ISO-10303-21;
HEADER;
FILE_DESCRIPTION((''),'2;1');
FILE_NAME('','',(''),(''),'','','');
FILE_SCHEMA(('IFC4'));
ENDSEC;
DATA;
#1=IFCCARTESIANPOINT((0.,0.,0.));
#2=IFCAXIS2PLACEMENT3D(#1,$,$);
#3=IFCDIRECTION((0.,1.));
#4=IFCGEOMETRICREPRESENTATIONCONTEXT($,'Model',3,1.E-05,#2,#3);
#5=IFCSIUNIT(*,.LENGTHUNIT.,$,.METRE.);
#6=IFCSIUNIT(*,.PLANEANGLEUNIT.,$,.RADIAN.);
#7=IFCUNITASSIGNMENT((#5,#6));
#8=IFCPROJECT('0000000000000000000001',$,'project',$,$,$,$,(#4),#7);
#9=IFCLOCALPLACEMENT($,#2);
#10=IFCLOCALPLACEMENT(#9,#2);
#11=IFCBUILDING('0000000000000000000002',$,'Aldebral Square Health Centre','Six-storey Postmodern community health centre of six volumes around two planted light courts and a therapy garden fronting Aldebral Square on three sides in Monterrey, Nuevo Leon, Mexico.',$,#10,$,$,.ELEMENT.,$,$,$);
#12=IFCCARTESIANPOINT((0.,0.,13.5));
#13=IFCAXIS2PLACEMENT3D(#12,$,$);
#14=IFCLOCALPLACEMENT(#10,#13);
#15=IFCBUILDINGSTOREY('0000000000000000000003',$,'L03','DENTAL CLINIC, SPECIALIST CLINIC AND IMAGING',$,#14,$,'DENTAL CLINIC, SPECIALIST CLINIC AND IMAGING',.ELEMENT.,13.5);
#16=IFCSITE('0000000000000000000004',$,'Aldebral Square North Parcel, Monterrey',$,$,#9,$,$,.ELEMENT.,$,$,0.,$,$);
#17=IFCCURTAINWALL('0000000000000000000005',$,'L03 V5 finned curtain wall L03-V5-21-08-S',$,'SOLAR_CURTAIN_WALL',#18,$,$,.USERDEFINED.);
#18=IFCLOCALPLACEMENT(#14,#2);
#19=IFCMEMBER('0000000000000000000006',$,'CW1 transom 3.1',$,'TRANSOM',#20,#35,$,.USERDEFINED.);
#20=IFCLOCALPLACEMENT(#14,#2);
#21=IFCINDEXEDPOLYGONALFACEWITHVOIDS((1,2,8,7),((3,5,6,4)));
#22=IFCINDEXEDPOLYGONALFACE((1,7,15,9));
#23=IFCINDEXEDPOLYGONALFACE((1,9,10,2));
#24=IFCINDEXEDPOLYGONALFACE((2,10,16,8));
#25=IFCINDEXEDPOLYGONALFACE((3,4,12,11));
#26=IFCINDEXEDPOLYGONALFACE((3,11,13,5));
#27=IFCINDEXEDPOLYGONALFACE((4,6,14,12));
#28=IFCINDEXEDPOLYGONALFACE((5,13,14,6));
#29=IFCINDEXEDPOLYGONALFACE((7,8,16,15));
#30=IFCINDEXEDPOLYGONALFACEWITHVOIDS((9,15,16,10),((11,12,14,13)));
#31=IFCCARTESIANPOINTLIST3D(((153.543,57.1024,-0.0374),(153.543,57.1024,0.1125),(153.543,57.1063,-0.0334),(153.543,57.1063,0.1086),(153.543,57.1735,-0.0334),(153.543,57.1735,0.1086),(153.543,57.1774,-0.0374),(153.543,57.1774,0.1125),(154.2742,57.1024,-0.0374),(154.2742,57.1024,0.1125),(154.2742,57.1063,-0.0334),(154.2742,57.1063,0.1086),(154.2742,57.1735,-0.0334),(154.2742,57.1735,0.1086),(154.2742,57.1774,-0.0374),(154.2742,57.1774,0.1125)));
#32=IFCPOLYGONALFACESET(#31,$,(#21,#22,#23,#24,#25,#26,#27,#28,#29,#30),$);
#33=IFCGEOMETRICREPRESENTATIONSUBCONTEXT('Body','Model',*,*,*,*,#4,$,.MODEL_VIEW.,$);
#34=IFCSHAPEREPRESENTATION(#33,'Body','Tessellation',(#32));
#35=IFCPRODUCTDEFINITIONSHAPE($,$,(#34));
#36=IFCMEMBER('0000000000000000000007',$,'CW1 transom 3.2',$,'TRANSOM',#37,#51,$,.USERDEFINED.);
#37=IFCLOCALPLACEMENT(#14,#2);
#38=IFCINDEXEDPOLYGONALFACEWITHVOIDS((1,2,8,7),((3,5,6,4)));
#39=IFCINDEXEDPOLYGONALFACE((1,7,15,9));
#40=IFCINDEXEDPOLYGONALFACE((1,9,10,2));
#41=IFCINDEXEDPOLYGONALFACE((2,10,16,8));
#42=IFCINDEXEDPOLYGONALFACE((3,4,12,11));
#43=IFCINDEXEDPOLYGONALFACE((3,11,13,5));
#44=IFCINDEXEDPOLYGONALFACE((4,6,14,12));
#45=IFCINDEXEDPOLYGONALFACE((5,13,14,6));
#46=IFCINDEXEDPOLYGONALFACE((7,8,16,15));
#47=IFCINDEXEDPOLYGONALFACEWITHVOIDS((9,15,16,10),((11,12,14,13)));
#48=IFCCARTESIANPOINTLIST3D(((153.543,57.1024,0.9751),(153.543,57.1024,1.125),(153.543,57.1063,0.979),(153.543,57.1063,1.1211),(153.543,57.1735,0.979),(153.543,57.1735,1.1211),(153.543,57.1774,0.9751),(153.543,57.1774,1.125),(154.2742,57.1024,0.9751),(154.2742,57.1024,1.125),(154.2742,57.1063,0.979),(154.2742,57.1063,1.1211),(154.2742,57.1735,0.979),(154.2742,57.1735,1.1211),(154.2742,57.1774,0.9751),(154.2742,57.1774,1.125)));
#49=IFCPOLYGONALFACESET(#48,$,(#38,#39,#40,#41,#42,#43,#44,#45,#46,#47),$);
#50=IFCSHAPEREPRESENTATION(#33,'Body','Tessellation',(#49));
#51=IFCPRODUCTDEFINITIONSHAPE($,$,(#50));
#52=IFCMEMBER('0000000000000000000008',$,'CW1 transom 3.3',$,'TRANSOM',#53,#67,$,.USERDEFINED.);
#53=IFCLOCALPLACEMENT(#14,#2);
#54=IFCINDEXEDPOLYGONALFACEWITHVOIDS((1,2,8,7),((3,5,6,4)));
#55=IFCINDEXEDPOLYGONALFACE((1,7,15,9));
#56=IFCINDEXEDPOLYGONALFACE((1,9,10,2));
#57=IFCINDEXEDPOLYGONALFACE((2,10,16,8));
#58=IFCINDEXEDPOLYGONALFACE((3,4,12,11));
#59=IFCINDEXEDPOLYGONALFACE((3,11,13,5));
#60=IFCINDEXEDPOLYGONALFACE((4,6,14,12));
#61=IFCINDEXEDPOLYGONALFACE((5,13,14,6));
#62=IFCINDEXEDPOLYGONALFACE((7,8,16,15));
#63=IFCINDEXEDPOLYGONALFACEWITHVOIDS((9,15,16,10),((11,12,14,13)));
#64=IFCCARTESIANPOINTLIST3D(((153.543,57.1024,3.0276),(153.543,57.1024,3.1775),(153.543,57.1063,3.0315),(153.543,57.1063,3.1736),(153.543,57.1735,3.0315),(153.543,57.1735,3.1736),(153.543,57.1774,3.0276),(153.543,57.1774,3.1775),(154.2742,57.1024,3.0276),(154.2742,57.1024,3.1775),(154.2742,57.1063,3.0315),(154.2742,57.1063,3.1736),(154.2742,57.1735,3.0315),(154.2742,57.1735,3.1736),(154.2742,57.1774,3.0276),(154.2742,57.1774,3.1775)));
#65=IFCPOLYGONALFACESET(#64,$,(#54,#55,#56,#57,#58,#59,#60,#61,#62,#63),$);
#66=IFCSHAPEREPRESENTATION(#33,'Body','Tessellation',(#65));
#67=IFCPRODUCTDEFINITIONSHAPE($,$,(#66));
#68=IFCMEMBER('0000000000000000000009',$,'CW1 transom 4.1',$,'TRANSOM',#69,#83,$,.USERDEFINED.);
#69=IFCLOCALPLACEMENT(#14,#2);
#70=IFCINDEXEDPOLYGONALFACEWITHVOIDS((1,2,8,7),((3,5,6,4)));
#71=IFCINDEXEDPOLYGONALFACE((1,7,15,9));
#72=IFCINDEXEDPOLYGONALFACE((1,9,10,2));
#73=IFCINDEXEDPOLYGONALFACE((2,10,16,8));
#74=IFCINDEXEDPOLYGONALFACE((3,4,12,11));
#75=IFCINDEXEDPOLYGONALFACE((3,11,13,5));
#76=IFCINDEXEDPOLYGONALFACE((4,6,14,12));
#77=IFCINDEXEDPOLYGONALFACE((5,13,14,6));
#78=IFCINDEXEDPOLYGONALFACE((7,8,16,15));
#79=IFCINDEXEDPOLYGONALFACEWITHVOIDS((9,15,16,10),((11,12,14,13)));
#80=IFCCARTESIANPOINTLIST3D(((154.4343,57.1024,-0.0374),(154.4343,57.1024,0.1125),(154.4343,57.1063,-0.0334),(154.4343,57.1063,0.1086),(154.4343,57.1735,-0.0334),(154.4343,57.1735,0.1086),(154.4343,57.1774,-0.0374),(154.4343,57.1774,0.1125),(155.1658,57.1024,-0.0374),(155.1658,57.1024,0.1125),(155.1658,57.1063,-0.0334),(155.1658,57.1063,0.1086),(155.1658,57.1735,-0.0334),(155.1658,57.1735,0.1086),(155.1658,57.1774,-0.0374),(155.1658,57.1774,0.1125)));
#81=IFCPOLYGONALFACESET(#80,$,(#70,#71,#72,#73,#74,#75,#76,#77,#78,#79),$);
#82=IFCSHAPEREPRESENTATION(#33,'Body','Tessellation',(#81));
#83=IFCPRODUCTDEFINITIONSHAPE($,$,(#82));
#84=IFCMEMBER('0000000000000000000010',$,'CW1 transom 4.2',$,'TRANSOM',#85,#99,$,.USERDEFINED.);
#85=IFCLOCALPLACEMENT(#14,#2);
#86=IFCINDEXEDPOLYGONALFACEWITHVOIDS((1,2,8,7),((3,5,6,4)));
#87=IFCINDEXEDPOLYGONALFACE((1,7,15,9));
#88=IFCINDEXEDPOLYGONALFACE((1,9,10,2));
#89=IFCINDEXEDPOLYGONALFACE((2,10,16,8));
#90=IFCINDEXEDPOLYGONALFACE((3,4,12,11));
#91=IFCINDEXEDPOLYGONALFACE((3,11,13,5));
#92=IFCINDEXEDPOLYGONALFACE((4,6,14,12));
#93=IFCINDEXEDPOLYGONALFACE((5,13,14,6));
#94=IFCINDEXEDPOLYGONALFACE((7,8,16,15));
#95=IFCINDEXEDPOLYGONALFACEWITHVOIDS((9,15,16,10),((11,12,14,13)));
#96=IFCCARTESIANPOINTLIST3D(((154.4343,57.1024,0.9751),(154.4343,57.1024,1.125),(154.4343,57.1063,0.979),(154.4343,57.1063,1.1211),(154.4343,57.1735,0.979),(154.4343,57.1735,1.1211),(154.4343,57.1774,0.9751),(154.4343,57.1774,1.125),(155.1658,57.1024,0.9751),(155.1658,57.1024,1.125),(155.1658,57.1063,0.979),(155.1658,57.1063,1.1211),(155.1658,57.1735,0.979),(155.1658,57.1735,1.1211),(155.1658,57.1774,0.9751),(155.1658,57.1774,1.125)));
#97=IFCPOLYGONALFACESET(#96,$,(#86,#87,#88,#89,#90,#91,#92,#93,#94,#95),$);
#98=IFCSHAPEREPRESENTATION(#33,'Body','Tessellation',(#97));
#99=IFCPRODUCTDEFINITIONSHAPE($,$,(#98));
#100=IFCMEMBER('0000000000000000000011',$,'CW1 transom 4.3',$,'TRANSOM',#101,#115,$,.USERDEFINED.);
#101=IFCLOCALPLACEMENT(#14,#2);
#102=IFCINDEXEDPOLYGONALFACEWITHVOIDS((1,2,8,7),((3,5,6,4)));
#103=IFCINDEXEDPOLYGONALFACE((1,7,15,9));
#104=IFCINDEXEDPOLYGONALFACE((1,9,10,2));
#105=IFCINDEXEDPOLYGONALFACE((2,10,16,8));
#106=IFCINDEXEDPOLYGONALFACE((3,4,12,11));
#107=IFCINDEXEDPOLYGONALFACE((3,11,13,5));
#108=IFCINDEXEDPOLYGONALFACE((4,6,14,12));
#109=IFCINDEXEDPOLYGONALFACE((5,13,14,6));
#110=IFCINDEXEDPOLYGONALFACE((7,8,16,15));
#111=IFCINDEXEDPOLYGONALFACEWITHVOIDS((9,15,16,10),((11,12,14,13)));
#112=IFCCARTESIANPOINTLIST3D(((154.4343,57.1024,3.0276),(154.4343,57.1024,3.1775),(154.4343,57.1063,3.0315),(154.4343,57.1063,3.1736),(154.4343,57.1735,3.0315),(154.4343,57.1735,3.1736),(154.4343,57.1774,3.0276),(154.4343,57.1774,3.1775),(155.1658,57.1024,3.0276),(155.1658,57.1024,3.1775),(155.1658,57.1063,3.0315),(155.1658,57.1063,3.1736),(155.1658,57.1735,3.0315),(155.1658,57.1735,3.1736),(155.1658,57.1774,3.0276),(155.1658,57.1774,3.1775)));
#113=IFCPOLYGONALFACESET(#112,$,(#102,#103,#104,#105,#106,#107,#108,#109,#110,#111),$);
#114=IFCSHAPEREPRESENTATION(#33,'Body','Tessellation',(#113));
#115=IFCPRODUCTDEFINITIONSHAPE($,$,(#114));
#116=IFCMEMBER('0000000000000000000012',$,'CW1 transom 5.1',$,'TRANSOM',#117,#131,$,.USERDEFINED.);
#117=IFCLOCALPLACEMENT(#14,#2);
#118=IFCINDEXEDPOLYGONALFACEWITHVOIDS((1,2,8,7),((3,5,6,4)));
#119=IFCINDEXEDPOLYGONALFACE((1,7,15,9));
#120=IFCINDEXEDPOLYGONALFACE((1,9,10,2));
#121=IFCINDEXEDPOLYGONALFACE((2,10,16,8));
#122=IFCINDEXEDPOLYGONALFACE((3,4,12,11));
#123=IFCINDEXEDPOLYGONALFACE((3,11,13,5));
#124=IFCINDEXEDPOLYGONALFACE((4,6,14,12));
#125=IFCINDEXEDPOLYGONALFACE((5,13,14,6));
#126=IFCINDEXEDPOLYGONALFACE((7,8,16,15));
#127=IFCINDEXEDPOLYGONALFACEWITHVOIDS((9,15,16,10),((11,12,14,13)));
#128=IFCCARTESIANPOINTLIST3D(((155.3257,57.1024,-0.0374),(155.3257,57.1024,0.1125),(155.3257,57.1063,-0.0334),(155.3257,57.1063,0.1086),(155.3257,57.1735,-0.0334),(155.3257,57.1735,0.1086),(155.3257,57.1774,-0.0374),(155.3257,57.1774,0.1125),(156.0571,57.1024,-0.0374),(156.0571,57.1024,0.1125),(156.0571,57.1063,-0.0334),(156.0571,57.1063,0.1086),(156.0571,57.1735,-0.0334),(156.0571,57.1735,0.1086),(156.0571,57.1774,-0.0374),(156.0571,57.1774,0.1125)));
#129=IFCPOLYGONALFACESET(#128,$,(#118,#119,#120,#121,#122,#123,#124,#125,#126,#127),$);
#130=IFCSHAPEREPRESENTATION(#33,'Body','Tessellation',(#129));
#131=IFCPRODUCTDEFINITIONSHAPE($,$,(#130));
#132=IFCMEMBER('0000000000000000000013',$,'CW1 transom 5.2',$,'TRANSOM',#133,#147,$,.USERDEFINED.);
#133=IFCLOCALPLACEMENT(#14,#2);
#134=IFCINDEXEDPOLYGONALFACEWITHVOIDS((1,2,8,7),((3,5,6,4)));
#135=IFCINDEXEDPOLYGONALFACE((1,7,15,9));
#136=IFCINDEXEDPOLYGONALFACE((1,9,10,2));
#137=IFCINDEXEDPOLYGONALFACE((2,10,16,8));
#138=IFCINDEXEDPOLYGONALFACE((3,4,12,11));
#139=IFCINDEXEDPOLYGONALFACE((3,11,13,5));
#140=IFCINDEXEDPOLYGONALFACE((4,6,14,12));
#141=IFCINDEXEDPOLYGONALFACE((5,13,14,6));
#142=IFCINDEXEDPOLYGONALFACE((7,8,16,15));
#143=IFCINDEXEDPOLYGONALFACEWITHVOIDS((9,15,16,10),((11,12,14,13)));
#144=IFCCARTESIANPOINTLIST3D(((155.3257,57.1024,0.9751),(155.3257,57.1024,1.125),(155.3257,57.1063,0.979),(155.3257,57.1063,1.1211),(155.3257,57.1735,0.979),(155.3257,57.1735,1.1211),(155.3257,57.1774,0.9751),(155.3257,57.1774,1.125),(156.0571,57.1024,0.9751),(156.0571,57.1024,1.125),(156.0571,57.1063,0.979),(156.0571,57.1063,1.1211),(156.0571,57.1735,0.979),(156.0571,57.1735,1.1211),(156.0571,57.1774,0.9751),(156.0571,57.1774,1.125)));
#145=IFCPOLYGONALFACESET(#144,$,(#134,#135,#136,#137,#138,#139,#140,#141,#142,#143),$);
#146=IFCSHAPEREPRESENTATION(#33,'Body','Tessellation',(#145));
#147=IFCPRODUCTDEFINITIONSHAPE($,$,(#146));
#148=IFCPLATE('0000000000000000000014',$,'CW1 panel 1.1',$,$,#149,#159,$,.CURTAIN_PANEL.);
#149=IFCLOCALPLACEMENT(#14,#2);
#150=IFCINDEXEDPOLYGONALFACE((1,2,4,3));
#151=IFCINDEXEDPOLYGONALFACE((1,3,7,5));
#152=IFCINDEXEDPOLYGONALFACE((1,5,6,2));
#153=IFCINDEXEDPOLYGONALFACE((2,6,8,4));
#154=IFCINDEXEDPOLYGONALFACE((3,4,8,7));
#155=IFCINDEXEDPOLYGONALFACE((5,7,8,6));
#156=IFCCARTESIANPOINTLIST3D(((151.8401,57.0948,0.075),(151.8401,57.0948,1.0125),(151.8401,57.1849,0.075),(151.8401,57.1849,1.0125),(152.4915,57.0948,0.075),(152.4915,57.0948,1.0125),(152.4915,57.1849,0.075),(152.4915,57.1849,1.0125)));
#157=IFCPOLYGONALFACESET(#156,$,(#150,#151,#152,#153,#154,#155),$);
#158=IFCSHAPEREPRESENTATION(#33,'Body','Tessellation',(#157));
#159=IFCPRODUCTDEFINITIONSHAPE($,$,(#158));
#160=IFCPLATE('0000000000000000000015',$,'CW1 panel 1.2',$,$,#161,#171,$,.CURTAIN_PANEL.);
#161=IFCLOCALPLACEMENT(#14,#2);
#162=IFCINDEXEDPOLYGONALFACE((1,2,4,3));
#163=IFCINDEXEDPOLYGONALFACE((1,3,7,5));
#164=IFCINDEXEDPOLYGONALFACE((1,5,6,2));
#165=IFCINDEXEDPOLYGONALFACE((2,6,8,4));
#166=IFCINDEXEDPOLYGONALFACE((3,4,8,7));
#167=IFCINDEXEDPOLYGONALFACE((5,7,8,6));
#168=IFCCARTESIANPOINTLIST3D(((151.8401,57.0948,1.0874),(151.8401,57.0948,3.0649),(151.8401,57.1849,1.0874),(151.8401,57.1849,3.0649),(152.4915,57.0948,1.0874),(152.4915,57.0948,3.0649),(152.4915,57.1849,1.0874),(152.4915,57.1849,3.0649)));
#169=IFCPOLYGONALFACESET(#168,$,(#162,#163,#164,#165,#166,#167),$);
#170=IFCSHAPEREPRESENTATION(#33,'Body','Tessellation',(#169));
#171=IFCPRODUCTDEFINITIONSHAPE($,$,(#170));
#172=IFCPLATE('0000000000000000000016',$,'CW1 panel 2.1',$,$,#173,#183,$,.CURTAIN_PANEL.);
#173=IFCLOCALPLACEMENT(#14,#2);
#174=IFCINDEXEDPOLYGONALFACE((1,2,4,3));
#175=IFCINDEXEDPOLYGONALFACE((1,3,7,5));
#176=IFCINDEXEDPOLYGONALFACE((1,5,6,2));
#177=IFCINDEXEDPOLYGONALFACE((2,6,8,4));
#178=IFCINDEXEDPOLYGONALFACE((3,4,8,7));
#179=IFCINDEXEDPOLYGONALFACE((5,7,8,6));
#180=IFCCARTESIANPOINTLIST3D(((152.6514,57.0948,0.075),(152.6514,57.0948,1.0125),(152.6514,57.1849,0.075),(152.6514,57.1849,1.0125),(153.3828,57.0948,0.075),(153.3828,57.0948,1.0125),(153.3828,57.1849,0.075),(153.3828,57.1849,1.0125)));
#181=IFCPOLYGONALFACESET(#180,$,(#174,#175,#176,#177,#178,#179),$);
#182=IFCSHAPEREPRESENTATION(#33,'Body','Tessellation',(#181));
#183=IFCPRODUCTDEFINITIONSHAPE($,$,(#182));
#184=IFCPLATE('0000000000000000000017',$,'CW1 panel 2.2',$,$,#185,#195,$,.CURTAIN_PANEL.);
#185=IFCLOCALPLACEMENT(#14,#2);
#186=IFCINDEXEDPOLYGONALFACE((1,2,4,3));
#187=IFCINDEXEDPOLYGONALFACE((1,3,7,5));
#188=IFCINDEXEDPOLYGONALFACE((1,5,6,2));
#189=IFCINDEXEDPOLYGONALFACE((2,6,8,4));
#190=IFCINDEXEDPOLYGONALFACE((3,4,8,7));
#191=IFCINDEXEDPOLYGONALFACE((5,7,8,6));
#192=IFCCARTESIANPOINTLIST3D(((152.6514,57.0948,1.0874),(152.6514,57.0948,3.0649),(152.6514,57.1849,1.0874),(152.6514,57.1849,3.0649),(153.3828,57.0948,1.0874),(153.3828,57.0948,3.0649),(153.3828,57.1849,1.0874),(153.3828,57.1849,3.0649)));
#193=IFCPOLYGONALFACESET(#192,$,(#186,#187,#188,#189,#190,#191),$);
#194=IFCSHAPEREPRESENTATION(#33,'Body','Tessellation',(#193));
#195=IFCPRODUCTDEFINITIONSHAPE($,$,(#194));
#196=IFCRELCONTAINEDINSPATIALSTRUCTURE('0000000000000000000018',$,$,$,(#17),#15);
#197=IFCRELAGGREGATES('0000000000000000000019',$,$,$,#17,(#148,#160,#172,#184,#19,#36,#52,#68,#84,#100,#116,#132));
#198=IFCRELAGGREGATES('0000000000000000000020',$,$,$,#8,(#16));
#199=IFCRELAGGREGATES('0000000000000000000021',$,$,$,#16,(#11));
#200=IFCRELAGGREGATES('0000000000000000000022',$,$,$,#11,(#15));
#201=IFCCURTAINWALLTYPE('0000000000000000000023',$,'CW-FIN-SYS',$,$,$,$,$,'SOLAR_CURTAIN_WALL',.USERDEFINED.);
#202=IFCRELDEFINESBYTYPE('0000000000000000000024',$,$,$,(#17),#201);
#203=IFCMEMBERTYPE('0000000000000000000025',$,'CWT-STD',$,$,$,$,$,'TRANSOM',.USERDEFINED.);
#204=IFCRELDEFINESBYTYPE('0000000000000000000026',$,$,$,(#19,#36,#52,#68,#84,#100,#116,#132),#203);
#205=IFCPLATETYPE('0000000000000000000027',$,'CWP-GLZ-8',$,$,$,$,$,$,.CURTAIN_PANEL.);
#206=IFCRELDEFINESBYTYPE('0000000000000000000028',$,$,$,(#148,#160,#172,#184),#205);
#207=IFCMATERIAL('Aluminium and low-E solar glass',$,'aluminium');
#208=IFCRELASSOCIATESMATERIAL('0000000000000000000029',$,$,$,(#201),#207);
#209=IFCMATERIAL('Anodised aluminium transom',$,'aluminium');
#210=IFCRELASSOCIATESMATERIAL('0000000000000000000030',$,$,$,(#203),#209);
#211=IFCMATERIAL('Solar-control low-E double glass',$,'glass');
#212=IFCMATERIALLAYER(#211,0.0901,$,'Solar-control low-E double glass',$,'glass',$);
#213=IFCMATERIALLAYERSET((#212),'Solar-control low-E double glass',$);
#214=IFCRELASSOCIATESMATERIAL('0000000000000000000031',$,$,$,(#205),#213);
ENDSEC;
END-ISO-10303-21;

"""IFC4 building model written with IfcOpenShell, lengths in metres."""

from ifc_helpers import new_model, si_unit, direction, frame, origin, origin_2d, place, context, subcontext, project, spatial, rectangle, hollow_rectangle, extrude, material, layer, layer_set, material_profile, profile_set, type_object, element, aggregate, save


model = new_model("IFC4")

# Units and contexts
model_context = context("Model", 3, precision=1e-05, world=origin(), true_north=direction((0.0, 1.0)))
body_context = subcontext(model_context, "Body", "Model", "MODEL_VIEW")
ifc_project = project(units=[si_unit("LENGTHUNIT", "METRE"), si_unit("PLANEANGLEUNIT", "RADIAN")], contexts=[model_context])

# Site, building, storey
site_placement = place(None, origin())
site = spatial("IfcSite", under=ifc_project, at=site_placement, Name="Aldebral Square North Parcel, Monterrey", CompositionType="ELEMENT", RefElevation=0.0)
building_placement = place(site_placement, origin())
building = spatial("IfcBuilding", under=site, at=building_placement, Name="Aldebral Square Health Centre", Description="Six-storey Postmodern community health centre of six volumes around two planted light courts and a therapy garden fronting Aldebral Square on three sides in Monterrey, Nuevo Leon, Mexico.", CompositionType="ELEMENT")
storey_placement = place(building_placement, frame((0.0, 0.0, 13.5)))
storey = spatial("IfcBuildingStorey", under=building, at=storey_placement, Name="L03", Description="DENTAL CLINIC, SPECIALIST CLINIC AND IMAGING", LongName="DENTAL CLINIC, SPECIALIST CLINIC AND IMAGING", CompositionType="ELEMENT", Elevation=13.5)

# Curtain wall, members, plates
ifc_material_1 = material(Name="Aluminium and low-E solar glass", Category="aluminium")
curtain_wall_type = type_object("IfcCurtainWallType", Name="CW-FIN-SYS", ElementType="SOLAR_CURTAIN_WALL", PredefinedType="USERDEFINED", material=ifc_material_1)
curtain_wall_placement = place(storey_placement, origin())
curtain_wall = element("IfcCurtainWall", 1, at=curtain_wall_placement, inside=storey, type_object=curtain_wall_type, Name="L03 V5 finned curtain wall L03-V5-21-08-S", ObjectType="SOLAR_CURTAIN_WALL", PredefinedType="USERDEFINED")
ifc_material_2 = material(Name="Anodised aluminium transom", Category="aluminium")
ifc_material_profile_1 = material_profile(ifc_material_2, hollow_rectangle(XDim=0.075, YDim=0.1499, WallThickness=0.0039, at=origin_2d()), Name="CWT 75x150x4")
ifc_profile_set_1 = profile_set([ifc_material_profile_1], Name="Anodised aluminium transom")
member_type_1 = type_object("IfcMemberType", Name="CWT-STD", ElementType="TRANSOM", PredefinedType="USERDEFINED", material=ifc_profile_set_1)
member_1_placement = place(storey_placement, frame((153.543, 57.1399, 0.0376), z_axis=(1.0, 0.0, 0.0), x_axis=(0.0, 1.0, 0.0)))
member_1 = element("IfcMember", 2, at=member_1_placement, type_object=member_type_1, Name="CW1 transom 3.1", ObjectType="TRANSOM", PredefinedType="USERDEFINED", context=body_context, shape_type="SweptSolid", body=[
    extrude(hollow_rectangle(XDim=0.075, YDim=0.1499, WallThickness=0.0039, at=origin_2d()), origin(), (0.0, 0.0, 1.0), 0.7312),
])
member_2_placement = place(storey_placement, frame((153.543, 57.1399, 1.05), z_axis=(1.0, 0.0, 0.0), x_axis=(0.0, 1.0, 0.0)))
member_2 = element("IfcMember", 3, at=member_2_placement, type_object=member_type_1, Name="CW1 transom 3.2", ObjectType="TRANSOM", PredefinedType="USERDEFINED", context=body_context, shape_type="SweptSolid", body=[
    extrude(hollow_rectangle(XDim=0.075, YDim=0.1499, WallThickness=0.0039, at=origin_2d()), origin(), (0.0, 0.0, 1.0), 0.7312),
])
member_3_placement = place(storey_placement, frame((153.543, 57.1399, 3.1025), z_axis=(1.0, 0.0, 0.0), x_axis=(0.0, 1.0, 0.0)))
member_3 = element("IfcMember", 4, at=member_3_placement, type_object=member_type_1, Name="CW1 transom 3.3", ObjectType="TRANSOM", PredefinedType="USERDEFINED", context=body_context, shape_type="SweptSolid", body=[
    extrude(hollow_rectangle(XDim=0.075, YDim=0.1499, WallThickness=0.0039, at=origin_2d()), origin(), (0.0, 0.0, 1.0), 0.7312),
])
member_4_placement = place(storey_placement, frame((154.4343, 57.1399, 0.0376), z_axis=(1.0, 0.0, 0.0), x_axis=(0.0, 1.0, 0.0)))
member_4 = element("IfcMember", 5, at=member_4_placement, type_object=member_type_1, Name="CW1 transom 4.1", ObjectType="TRANSOM", PredefinedType="USERDEFINED", context=body_context, shape_type="SweptSolid", body=[
    extrude(hollow_rectangle(XDim=0.075, YDim=0.1499, WallThickness=0.0039, at=origin_2d()), origin(), (0.0, 0.0, 1.0), 0.7314),
])
member_5_placement = place(storey_placement, frame((154.4343, 57.1399, 1.05), z_axis=(1.0, 0.0, 0.0), x_axis=(0.0, 1.0, 0.0)))
member_5 = element("IfcMember", 6, at=member_5_placement, type_object=member_type_1, Name="CW1 transom 4.2", ObjectType="TRANSOM", PredefinedType="USERDEFINED", context=body_context, shape_type="SweptSolid", body=[
    extrude(hollow_rectangle(XDim=0.075, YDim=0.1499, WallThickness=0.0039, at=origin_2d()), origin(), (0.0, 0.0, 1.0), 0.7314),
])
member_6_placement = place(storey_placement, frame((154.4343, 57.1399, 3.1025), z_axis=(1.0, 0.0, 0.0), x_axis=(0.0, 1.0, 0.0)))
member_6 = element("IfcMember", 7, at=member_6_placement, type_object=member_type_1, Name="CW1 transom 4.3", ObjectType="TRANSOM", PredefinedType="USERDEFINED", context=body_context, shape_type="SweptSolid", body=[
    extrude(hollow_rectangle(XDim=0.075, YDim=0.1499, WallThickness=0.0039, at=origin_2d()), origin(), (0.0, 0.0, 1.0), 0.7314),
])
member_7_placement = place(storey_placement, frame((155.3257, 57.1399, 0.0376), z_axis=(1.0, 0.0, 0.0), x_axis=(0.0, 1.0, 0.0)))
member_7 = element("IfcMember", 8, at=member_7_placement, type_object=member_type_1, Name="CW1 transom 5.1", ObjectType="TRANSOM", PredefinedType="USERDEFINED", context=body_context, shape_type="SweptSolid", body=[
    extrude(hollow_rectangle(XDim=0.075, YDim=0.1499, WallThickness=0.0039, at=origin_2d()), origin(), (0.0, 0.0, 1.0), 0.7314),
])
member_8_placement = place(storey_placement, frame((155.3257, 57.1399, 1.05), z_axis=(1.0, 0.0, 0.0), x_axis=(0.0, 1.0, 0.0)))
member_8 = element("IfcMember", 9, at=member_8_placement, type_object=member_type_1, Name="CW1 transom 5.2", ObjectType="TRANSOM", PredefinedType="USERDEFINED", context=body_context, shape_type="SweptSolid", body=[
    extrude(hollow_rectangle(XDim=0.075, YDim=0.1499, WallThickness=0.0039, at=origin_2d()), origin(), (0.0, 0.0, 1.0), 0.7314),
])
ifc_material_3 = material(Name="Solar-control low-E double glass", Category="glass")
ifc_layer = layer(ifc_material_3, 0.0901, Name="Solar-control low-E double glass", Category="glass")
ifc_layer_set = layer_set([ifc_layer], Name="Solar-control low-E double glass")
plate_type = type_object("IfcPlateType", Name="CWP-GLZ-8", PredefinedType="CURTAIN_PANEL", material=ifc_layer_set)
plate_1_placement = place(storey_placement, frame((152.1658, 57.1399, 0.075), z_axis=(0.0, 0.0, 1.0), x_axis=(1.0, 0.0, 0.0)))
plate_1 = element("IfcPlate", 10, at=plate_1_placement, type_object=plate_type, Name="CW1 panel 1.1", PredefinedType="CURTAIN_PANEL", context=body_context, shape_type="SweptSolid", body=[
    extrude(rectangle(XDim=0.6514, YDim=0.0901, at=origin_2d()), origin(), (0.0, 0.0, 1.0), 0.9375),
])
plate_2_placement = place(storey_placement, frame((152.1658, 57.1399, 1.0874), z_axis=(0.0, 0.0, 1.0), x_axis=(1.0, 0.0, 0.0)))
plate_2 = element("IfcPlate", 11, at=plate_2_placement, type_object=plate_type, Name="CW1 panel 1.2", PredefinedType="CURTAIN_PANEL", context=body_context, shape_type="SweptSolid", body=[
    extrude(rectangle(XDim=0.6514, YDim=0.0901, at=origin_2d()), origin(), (0.0, 0.0, 1.0), 1.9775),
])
plate_3_placement = place(storey_placement, frame((153.0171, 57.1399, 0.075), z_axis=(0.0, 0.0, 1.0), x_axis=(1.0, 0.0, 0.0)))
plate_3 = element("IfcPlate", 12, at=plate_3_placement, type_object=plate_type, Name="CW1 panel 2.1", PredefinedType="CURTAIN_PANEL", context=body_context, shape_type="SweptSolid", body=[
    extrude(rectangle(XDim=0.7314, YDim=0.0901, at=origin_2d()), origin(), (0.0, 0.0, 1.0), 0.9375),
])
plate_4_placement = place(storey_placement, frame((153.0171, 57.1399, 1.0874), z_axis=(0.0, 0.0, 1.0), x_axis=(1.0, 0.0, 0.0)))
plate_4 = element("IfcPlate", 13, at=plate_4_placement, type_object=plate_type, Name="CW1 panel 2.2", PredefinedType="CURTAIN_PANEL", context=body_context, shape_type="SweptSolid", body=[
    extrude(rectangle(XDim=0.7314, YDim=0.0901, at=origin_2d()), origin(), (0.0, 0.0, 1.0), 1.9775),
])
aggregate(curtain_wall, [plate_1, plate_2, plate_3, plate_4, member_1, member_2, member_3, member_4, member_5, member_6, member_7, member_8])

save(model, "model.ifc")
